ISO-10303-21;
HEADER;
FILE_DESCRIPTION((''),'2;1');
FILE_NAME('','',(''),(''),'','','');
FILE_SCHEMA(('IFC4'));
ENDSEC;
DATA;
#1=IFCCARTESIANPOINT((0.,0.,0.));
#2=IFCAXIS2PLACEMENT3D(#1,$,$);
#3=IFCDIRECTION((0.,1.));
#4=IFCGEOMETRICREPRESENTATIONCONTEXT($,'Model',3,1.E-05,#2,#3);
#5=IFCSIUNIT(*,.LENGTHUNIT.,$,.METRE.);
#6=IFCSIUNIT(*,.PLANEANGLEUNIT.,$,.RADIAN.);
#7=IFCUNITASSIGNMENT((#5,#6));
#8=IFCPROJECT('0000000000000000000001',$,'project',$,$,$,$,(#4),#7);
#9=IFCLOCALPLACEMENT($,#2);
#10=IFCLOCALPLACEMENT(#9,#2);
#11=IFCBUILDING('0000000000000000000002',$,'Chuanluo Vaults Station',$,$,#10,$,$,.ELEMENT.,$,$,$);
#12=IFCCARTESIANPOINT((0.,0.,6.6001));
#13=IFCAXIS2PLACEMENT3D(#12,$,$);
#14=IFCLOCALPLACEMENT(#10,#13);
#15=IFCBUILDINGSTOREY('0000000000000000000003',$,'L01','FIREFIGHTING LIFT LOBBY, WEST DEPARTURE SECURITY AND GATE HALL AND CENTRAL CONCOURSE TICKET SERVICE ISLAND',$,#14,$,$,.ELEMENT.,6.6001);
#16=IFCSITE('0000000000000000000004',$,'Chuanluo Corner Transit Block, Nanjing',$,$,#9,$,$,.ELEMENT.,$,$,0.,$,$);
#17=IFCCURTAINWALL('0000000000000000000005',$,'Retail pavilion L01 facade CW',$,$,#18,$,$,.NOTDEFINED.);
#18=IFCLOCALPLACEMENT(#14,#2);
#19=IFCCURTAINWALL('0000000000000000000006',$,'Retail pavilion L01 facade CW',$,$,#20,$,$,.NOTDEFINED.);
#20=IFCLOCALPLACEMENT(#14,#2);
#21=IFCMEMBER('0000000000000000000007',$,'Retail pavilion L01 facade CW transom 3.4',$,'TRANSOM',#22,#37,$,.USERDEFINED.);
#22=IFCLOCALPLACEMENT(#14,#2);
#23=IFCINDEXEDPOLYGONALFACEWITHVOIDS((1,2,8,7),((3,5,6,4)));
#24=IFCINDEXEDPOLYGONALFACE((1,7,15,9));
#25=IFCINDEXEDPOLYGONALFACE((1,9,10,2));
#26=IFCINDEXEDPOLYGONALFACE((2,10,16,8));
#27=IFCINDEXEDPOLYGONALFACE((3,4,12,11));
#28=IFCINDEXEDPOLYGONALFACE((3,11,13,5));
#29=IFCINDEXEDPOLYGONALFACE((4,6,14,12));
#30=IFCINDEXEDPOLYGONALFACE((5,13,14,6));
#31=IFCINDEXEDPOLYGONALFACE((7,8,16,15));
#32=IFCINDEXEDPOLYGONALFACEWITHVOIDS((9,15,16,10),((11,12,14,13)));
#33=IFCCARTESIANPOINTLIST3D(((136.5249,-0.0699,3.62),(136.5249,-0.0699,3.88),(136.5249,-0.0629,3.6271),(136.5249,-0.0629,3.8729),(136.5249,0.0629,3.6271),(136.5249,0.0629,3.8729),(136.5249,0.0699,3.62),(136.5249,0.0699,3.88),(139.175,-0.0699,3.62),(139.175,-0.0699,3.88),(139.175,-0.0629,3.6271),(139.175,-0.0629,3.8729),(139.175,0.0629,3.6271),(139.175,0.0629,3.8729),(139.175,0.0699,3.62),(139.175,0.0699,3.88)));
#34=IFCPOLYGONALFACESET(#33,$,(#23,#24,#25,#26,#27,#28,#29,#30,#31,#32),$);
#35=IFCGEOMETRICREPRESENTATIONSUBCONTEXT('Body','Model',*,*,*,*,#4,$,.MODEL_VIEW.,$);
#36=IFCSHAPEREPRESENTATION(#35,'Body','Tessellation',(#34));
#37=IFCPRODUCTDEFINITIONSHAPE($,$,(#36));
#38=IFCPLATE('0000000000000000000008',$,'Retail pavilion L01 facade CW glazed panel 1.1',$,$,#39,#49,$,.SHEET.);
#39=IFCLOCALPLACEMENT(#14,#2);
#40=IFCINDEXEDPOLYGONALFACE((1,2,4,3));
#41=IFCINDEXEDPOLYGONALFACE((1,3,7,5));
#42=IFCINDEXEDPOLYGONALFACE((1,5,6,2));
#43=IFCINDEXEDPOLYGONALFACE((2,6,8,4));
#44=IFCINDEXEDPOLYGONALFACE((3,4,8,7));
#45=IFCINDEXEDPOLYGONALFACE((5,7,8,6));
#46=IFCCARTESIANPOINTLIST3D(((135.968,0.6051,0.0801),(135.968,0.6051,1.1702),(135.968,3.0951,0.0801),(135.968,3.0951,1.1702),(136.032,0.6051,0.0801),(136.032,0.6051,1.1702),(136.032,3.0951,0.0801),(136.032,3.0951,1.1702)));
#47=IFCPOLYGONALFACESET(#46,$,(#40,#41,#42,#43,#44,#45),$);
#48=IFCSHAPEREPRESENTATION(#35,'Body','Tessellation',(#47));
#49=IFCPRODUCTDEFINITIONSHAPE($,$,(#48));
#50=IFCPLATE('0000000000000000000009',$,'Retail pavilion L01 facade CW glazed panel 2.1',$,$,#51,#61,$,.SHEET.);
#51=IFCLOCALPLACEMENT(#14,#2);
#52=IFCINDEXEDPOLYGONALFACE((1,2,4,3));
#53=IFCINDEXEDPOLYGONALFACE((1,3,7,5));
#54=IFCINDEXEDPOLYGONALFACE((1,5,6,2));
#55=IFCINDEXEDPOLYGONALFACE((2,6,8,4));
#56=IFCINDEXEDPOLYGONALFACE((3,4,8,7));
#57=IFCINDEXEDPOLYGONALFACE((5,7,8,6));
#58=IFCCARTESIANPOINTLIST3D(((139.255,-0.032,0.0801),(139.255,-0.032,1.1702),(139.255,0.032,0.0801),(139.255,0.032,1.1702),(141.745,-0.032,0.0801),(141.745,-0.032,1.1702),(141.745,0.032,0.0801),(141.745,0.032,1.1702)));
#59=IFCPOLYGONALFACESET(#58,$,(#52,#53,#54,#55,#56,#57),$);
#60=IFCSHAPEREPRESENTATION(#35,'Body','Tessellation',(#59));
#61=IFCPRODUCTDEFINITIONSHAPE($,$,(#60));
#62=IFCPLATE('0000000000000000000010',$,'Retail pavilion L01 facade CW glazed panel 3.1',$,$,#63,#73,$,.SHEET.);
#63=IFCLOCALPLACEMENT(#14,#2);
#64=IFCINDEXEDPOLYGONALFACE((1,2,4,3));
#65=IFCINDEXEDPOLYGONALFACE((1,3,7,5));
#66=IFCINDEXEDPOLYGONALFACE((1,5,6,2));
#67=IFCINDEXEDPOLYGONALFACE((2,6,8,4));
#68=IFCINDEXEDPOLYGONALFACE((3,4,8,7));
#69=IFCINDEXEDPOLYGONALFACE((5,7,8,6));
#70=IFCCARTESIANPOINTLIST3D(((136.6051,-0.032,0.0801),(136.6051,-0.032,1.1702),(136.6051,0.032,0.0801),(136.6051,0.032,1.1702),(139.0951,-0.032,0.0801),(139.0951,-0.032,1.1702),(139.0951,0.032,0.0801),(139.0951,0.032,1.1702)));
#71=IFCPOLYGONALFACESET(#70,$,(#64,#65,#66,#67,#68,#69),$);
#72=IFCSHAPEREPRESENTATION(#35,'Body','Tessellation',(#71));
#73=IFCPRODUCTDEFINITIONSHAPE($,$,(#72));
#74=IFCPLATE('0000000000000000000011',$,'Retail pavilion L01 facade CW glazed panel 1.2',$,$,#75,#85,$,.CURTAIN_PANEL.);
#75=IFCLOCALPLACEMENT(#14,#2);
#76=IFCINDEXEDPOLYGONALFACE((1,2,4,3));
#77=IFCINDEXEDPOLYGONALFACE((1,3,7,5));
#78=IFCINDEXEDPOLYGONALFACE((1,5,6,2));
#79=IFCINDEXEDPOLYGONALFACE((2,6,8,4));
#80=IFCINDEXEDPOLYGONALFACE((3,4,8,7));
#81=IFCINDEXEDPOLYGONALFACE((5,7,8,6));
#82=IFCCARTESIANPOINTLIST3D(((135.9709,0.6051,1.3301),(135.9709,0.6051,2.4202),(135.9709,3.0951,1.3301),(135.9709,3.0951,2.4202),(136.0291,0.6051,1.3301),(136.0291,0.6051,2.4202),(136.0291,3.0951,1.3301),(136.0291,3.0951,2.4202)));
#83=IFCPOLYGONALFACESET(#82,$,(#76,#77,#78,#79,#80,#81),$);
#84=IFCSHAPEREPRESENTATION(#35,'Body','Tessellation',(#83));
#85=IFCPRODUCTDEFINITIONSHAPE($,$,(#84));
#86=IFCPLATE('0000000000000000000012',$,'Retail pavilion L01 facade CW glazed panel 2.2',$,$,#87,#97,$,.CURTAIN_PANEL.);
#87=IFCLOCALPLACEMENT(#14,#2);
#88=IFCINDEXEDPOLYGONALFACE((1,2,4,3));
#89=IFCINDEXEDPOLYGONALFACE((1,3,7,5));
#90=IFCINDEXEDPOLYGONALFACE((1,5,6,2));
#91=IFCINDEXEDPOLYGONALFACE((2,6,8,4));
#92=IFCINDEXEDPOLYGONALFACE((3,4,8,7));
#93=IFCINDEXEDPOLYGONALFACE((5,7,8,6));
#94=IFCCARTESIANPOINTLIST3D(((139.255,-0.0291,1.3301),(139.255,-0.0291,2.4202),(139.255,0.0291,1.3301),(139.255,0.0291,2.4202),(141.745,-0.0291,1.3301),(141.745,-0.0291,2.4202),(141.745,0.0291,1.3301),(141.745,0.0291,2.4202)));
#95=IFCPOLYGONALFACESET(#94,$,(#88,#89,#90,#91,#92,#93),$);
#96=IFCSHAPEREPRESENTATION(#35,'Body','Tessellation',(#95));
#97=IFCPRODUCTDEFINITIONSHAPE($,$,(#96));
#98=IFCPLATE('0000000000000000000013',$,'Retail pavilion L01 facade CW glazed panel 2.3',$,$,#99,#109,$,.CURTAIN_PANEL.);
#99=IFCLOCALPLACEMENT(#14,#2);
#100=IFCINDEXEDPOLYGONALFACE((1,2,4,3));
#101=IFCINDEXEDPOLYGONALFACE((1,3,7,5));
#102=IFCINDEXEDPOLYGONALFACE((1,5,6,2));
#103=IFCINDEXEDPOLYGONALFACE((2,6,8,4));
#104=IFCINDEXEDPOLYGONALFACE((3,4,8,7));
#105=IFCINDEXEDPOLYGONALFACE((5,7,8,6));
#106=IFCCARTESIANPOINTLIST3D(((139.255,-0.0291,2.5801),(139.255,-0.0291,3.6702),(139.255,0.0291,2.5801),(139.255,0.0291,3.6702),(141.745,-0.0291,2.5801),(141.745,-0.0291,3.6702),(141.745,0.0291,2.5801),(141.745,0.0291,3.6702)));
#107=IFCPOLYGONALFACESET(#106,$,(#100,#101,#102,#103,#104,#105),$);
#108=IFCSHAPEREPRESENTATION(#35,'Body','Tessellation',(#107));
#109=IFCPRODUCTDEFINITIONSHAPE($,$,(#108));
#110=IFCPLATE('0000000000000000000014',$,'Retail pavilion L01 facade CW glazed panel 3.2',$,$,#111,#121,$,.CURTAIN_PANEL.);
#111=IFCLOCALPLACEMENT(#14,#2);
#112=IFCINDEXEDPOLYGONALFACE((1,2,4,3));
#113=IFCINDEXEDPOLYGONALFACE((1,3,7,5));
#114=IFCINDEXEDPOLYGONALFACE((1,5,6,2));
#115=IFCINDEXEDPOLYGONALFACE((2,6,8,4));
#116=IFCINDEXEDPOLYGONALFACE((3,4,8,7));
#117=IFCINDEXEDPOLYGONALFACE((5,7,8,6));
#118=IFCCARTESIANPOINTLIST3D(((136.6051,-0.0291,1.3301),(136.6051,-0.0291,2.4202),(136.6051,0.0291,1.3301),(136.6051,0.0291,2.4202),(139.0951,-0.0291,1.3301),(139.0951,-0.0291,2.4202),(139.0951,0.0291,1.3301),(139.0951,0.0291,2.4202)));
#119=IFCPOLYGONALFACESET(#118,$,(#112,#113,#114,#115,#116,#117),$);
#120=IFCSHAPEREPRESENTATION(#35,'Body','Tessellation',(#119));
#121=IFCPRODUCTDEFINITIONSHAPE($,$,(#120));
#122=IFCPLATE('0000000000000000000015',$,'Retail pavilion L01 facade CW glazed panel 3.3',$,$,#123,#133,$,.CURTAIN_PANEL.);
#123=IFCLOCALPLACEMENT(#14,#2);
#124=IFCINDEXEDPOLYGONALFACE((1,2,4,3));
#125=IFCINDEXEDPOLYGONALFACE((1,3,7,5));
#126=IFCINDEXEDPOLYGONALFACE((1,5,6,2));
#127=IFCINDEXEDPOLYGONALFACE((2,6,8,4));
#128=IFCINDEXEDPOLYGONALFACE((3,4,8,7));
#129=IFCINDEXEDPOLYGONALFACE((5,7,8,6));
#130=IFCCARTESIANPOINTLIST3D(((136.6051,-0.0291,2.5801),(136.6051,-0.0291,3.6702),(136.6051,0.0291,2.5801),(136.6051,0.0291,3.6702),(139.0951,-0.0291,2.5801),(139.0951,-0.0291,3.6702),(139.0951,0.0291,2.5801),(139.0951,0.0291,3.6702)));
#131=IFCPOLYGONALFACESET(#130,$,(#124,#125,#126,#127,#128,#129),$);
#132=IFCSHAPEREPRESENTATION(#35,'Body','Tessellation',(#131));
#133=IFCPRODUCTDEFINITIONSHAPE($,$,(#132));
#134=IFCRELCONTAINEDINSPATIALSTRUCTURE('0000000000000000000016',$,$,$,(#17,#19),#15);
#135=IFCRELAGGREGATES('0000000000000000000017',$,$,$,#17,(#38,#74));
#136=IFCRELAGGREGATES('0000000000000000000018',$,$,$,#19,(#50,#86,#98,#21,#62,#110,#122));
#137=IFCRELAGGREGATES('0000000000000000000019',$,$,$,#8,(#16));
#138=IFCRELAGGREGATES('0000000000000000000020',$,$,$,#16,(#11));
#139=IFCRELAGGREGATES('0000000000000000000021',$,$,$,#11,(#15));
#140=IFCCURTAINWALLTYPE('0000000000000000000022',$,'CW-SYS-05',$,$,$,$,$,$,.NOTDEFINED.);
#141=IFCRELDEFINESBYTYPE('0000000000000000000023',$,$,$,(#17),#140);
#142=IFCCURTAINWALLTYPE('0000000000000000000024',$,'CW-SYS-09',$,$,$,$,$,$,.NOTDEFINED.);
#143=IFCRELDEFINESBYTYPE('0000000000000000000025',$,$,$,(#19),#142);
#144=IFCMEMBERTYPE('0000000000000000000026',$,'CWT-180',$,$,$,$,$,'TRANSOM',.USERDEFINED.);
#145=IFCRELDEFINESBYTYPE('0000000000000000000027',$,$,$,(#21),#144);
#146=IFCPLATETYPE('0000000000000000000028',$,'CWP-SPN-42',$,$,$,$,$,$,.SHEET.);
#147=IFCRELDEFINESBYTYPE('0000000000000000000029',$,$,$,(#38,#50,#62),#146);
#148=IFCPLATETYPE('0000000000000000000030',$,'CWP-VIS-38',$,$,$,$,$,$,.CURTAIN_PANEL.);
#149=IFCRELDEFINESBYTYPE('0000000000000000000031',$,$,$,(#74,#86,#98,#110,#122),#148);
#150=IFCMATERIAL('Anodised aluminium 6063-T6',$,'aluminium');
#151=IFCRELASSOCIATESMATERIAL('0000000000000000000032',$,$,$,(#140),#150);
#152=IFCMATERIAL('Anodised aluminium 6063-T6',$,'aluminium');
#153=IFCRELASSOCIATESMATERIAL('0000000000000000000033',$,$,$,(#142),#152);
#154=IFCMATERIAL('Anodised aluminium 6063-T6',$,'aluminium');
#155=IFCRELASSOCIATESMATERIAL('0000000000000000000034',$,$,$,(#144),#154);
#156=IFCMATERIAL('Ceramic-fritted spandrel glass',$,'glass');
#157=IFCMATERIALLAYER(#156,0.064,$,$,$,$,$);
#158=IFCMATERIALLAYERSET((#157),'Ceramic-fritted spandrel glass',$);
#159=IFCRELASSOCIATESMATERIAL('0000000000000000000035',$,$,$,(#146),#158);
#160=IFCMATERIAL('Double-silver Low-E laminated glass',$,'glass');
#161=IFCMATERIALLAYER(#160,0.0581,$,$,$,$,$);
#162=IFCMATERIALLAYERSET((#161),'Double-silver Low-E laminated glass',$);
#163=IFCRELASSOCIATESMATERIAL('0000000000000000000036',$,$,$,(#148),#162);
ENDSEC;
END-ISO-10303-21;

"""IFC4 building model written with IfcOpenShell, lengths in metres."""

from ifc_helpers import new_model, si_unit, direction, frame, origin, origin_2d, place, context, subcontext, project, spatial, rectangle, hollow_rectangle, extrude, material, layer, layer_set, material_profile, profile_set, type_object, element, aggregate, save


model = new_model("IFC4")

# Units and contexts
model_context = context("Model", 3, precision=1e-05, world=origin(), true_north=direction((0.0, 1.0)))
body_context = subcontext(model_context, "Body", "Model", "MODEL_VIEW")
ifc_project = project(units=[si_unit("LENGTHUNIT", "METRE"), si_unit("PLANEANGLEUNIT", "RADIAN")], contexts=[model_context])

# Site, building, storey
site_placement = place(None, origin())
site = spatial("IfcSite", under=ifc_project, at=site_placement, Name="Chuanluo Corner Transit Block, Nanjing", CompositionType="ELEMENT", RefElevation=0.0)
building_placement = place(site_placement, origin())
building = spatial("IfcBuilding", under=site, at=building_placement, Name="Chuanluo Vaults Station", CompositionType="ELEMENT")
storey_placement = place(building_placement, frame((0.0, 0.0, 6.6001)))
storey = spatial("IfcBuildingStorey", under=building, at=storey_placement, Name="L01", Description="FIREFIGHTING LIFT LOBBY, WEST DEPARTURE SECURITY AND GATE HALL AND CENTRAL CONCOURSE TICKET SERVICE ISLAND", CompositionType="ELEMENT", Elevation=6.6001)

# Curtain wall
ifc_material_1 = material(Name="Anodised aluminium 6063-T6", Category="aluminium")
curtain_wall_type_1 = type_object("IfcCurtainWallType", Name="CW-SYS-05", PredefinedType="NOTDEFINED", material=ifc_material_1)
curtain_wall_1_placement = place(storey_placement, origin())
curtain_wall_1 = element("IfcCurtainWall", 1, at=curtain_wall_1_placement, inside=storey, type_object=curtain_wall_type_1, Name="Retail pavilion L01 facade CW", PredefinedType="NOTDEFINED")

# Curtain wall
ifc_material_2 = material(Name="Anodised aluminium 6063-T6", Category="aluminium")
curtain_wall_type_2 = type_object("IfcCurtainWallType", Name="CW-SYS-09", PredefinedType="NOTDEFINED", material=ifc_material_2)
curtain_wall_2_placement = place(storey_placement, origin())
curtain_wall_2 = element("IfcCurtainWall", 2, at=curtain_wall_2_placement, inside=storey, type_object=curtain_wall_type_2, Name="Retail pavilion L01 facade CW", PredefinedType="NOTDEFINED")

# Member
ifc_material_3 = material(Name="Anodised aluminium 6063-T6", Category="aluminium")
ifc_material_profile_1 = material_profile(ifc_material_3, hollow_rectangle(XDim=0.1399, YDim=0.26, WallThickness=0.0071, at=origin_2d()))
ifc_profile_set_1 = profile_set([ifc_material_profile_1], Name="Anodised aluminium 6063-T6")
member_type_1 = type_object("IfcMemberType", Name="CWT-180", ElementType="TRANSOM", PredefinedType="USERDEFINED", material=ifc_profile_set_1)
member_1_placement = place(storey_placement, frame((139.175, 0.0, 3.75), z_axis=(-1.0, 0.0, 0.0), x_axis=(0.0, -1.0, 0.0)))
member_1 = element("IfcMember", 3, at=member_1_placement, type_object=member_type_1, Name="Retail pavilion L01 facade CW transom 3.4", ObjectType="TRANSOM", PredefinedType="USERDEFINED", context=body_context, shape_type="SweptSolid", body=[
    extrude(hollow_rectangle(XDim=0.1399, YDim=0.26, WallThickness=0.0071, at=origin_2d()), origin(), (0.0, 0.0, 1.0), 2.6501),
])

# Plates
ifc_material_4 = material(Name="Ceramic-fritted spandrel glass", Category="glass")
ifc_layer_1 = layer(ifc_material_4, 0.064)
ifc_layer_set_1 = layer_set([ifc_layer_1], Name="Ceramic-fritted spandrel glass")
plate_type_1 = type_object("IfcPlateType", Name="CWP-SPN-42", PredefinedType="SHEET", material=ifc_layer_set_1)
plate_1_placement = place(storey_placement, frame((136.0, 1.8501, 0.0801), z_axis=(0.0, 0.0, 1.0), x_axis=(0.0, 1.0, 0.0)))
plate_1 = element("IfcPlate", 4, at=plate_1_placement, type_object=plate_type_1, Name="Retail pavilion L01 facade CW glazed panel 1.1", PredefinedType="SHEET", context=body_context, shape_type="SweptSolid", body=[
    extrude(rectangle(XDim=2.49, YDim=0.064, at=origin_2d()), origin(), (0.0, 0.0, 1.0), 1.0901),
])
plate_2_placement = place(storey_placement, frame((140.5, 0.0, 0.0801), z_axis=(0.0, 0.0, 1.0), x_axis=(-1.0, 0.0, 0.0)))
plate_2 = element("IfcPlate", 5, at=plate_2_placement, type_object=plate_type_1, Name="Retail pavilion L01 facade CW glazed panel 2.1", PredefinedType="SHEET", context=body_context, shape_type="SweptSolid", body=[
    extrude(rectangle(XDim=2.49, YDim=0.064, at=origin_2d()), origin(), (0.0, 0.0, 1.0), 1.0901),
])
plate_3_placement = place(storey_placement, frame((137.8501, 0.0, 0.0801), z_axis=(0.0, 0.0, 1.0), x_axis=(-1.0, 0.0, 0.0)))
plate_3 = element("IfcPlate", 6, at=plate_3_placement, type_object=plate_type_1, Name="Retail pavilion L01 facade CW glazed panel 3.1", PredefinedType="SHEET", context=body_context, shape_type="SweptSolid", body=[
    extrude(rectangle(XDim=2.49, YDim=0.064, at=origin_2d()), origin(), (0.0, 0.0, 1.0), 1.0901),
])
ifc_material_5 = material(Name="Double-silver Low-E laminated glass", Category="glass")
ifc_layer_2 = layer(ifc_material_5, 0.0581)
ifc_layer_set_2 = layer_set([ifc_layer_2], Name="Double-silver Low-E laminated glass")
plate_type_2 = type_object("IfcPlateType", Name="CWP-VIS-38", PredefinedType="CURTAIN_PANEL", material=ifc_layer_set_2)
plate_4_placement = place(storey_placement, frame((136.0, 1.8501, 1.3301), z_axis=(0.0, 0.0, 1.0), x_axis=(0.0, 1.0, 0.0)))
plate_4 = element("IfcPlate", 7, at=plate_4_placement, type_object=plate_type_2, Name="Retail pavilion L01 facade CW glazed panel 1.2", PredefinedType="CURTAIN_PANEL", context=body_context, shape_type="SweptSolid", body=[
    extrude(rectangle(XDim=2.49, YDim=0.0581, at=origin_2d()), origin(), (0.0, 0.0, 1.0), 1.0901),
])
aggregate(curtain_wall_1, [plate_1, plate_4])
plate_5_placement = place(storey_placement, frame((140.5, 0.0, 1.3301), z_axis=(0.0, 0.0, 1.0), x_axis=(-1.0, 0.0, 0.0)))
plate_5 = element("IfcPlate", 8, at=plate_5_placement, type_object=plate_type_2, Name="Retail pavilion L01 facade CW glazed panel 2.2", PredefinedType="CURTAIN_PANEL", context=body_context, shape_type="SweptSolid", body=[
    extrude(rectangle(XDim=2.49, YDim=0.0581, at=origin_2d()), origin(), (0.0, 0.0, 1.0), 1.0901),
])
plate_6_placement = place(storey_placement, frame((140.5, 0.0, 2.5801), z_axis=(0.0, 0.0, 1.0), x_axis=(-1.0, 0.0, 0.0)))
plate_6 = element("IfcPlate", 9, at=plate_6_placement, type_object=plate_type_2, Name="Retail pavilion L01 facade CW glazed panel 2.3", PredefinedType="CURTAIN_PANEL", context=body_context, shape_type="SweptSolid", body=[
    extrude(rectangle(XDim=2.49, YDim=0.0581, at=origin_2d()), origin(), (0.0, 0.0, 1.0), 1.0901),
])
plate_7_placement = place(storey_placement, frame((137.8501, 0.0, 1.3301), z_axis=(0.0, 0.0, 1.0), x_axis=(-1.0, 0.0, 0.0)))
plate_7 = element("IfcPlate", 10, at=plate_7_placement, type_object=plate_type_2, Name="Retail pavilion L01 facade CW glazed panel 3.2", PredefinedType="CURTAIN_PANEL", context=body_context, shape_type="SweptSolid", body=[
    extrude(rectangle(XDim=2.49, YDim=0.0581, at=origin_2d()), origin(), (0.0, 0.0, 1.0), 1.0901),
])
plate_8_placement = place(storey_placement, frame((137.8501, 0.0, 2.5801), z_axis=(0.0, 0.0, 1.0), x_axis=(-1.0, 0.0, 0.0)))
plate_8 = element("IfcPlate", 11, at=plate_8_placement, type_object=plate_type_2, Name="Retail pavilion L01 facade CW glazed panel 3.3", PredefinedType="CURTAIN_PANEL", context=body_context, shape_type="SweptSolid", body=[
    extrude(rectangle(XDim=2.49, YDim=0.0581, at=origin_2d()), origin(), (0.0, 0.0, 1.0), 1.0901),
])
aggregate(curtain_wall_2, [plate_2, plate_5, plate_6, member_1, plate_3, plate_7, plate_8])

save(model, "model.ifc")
